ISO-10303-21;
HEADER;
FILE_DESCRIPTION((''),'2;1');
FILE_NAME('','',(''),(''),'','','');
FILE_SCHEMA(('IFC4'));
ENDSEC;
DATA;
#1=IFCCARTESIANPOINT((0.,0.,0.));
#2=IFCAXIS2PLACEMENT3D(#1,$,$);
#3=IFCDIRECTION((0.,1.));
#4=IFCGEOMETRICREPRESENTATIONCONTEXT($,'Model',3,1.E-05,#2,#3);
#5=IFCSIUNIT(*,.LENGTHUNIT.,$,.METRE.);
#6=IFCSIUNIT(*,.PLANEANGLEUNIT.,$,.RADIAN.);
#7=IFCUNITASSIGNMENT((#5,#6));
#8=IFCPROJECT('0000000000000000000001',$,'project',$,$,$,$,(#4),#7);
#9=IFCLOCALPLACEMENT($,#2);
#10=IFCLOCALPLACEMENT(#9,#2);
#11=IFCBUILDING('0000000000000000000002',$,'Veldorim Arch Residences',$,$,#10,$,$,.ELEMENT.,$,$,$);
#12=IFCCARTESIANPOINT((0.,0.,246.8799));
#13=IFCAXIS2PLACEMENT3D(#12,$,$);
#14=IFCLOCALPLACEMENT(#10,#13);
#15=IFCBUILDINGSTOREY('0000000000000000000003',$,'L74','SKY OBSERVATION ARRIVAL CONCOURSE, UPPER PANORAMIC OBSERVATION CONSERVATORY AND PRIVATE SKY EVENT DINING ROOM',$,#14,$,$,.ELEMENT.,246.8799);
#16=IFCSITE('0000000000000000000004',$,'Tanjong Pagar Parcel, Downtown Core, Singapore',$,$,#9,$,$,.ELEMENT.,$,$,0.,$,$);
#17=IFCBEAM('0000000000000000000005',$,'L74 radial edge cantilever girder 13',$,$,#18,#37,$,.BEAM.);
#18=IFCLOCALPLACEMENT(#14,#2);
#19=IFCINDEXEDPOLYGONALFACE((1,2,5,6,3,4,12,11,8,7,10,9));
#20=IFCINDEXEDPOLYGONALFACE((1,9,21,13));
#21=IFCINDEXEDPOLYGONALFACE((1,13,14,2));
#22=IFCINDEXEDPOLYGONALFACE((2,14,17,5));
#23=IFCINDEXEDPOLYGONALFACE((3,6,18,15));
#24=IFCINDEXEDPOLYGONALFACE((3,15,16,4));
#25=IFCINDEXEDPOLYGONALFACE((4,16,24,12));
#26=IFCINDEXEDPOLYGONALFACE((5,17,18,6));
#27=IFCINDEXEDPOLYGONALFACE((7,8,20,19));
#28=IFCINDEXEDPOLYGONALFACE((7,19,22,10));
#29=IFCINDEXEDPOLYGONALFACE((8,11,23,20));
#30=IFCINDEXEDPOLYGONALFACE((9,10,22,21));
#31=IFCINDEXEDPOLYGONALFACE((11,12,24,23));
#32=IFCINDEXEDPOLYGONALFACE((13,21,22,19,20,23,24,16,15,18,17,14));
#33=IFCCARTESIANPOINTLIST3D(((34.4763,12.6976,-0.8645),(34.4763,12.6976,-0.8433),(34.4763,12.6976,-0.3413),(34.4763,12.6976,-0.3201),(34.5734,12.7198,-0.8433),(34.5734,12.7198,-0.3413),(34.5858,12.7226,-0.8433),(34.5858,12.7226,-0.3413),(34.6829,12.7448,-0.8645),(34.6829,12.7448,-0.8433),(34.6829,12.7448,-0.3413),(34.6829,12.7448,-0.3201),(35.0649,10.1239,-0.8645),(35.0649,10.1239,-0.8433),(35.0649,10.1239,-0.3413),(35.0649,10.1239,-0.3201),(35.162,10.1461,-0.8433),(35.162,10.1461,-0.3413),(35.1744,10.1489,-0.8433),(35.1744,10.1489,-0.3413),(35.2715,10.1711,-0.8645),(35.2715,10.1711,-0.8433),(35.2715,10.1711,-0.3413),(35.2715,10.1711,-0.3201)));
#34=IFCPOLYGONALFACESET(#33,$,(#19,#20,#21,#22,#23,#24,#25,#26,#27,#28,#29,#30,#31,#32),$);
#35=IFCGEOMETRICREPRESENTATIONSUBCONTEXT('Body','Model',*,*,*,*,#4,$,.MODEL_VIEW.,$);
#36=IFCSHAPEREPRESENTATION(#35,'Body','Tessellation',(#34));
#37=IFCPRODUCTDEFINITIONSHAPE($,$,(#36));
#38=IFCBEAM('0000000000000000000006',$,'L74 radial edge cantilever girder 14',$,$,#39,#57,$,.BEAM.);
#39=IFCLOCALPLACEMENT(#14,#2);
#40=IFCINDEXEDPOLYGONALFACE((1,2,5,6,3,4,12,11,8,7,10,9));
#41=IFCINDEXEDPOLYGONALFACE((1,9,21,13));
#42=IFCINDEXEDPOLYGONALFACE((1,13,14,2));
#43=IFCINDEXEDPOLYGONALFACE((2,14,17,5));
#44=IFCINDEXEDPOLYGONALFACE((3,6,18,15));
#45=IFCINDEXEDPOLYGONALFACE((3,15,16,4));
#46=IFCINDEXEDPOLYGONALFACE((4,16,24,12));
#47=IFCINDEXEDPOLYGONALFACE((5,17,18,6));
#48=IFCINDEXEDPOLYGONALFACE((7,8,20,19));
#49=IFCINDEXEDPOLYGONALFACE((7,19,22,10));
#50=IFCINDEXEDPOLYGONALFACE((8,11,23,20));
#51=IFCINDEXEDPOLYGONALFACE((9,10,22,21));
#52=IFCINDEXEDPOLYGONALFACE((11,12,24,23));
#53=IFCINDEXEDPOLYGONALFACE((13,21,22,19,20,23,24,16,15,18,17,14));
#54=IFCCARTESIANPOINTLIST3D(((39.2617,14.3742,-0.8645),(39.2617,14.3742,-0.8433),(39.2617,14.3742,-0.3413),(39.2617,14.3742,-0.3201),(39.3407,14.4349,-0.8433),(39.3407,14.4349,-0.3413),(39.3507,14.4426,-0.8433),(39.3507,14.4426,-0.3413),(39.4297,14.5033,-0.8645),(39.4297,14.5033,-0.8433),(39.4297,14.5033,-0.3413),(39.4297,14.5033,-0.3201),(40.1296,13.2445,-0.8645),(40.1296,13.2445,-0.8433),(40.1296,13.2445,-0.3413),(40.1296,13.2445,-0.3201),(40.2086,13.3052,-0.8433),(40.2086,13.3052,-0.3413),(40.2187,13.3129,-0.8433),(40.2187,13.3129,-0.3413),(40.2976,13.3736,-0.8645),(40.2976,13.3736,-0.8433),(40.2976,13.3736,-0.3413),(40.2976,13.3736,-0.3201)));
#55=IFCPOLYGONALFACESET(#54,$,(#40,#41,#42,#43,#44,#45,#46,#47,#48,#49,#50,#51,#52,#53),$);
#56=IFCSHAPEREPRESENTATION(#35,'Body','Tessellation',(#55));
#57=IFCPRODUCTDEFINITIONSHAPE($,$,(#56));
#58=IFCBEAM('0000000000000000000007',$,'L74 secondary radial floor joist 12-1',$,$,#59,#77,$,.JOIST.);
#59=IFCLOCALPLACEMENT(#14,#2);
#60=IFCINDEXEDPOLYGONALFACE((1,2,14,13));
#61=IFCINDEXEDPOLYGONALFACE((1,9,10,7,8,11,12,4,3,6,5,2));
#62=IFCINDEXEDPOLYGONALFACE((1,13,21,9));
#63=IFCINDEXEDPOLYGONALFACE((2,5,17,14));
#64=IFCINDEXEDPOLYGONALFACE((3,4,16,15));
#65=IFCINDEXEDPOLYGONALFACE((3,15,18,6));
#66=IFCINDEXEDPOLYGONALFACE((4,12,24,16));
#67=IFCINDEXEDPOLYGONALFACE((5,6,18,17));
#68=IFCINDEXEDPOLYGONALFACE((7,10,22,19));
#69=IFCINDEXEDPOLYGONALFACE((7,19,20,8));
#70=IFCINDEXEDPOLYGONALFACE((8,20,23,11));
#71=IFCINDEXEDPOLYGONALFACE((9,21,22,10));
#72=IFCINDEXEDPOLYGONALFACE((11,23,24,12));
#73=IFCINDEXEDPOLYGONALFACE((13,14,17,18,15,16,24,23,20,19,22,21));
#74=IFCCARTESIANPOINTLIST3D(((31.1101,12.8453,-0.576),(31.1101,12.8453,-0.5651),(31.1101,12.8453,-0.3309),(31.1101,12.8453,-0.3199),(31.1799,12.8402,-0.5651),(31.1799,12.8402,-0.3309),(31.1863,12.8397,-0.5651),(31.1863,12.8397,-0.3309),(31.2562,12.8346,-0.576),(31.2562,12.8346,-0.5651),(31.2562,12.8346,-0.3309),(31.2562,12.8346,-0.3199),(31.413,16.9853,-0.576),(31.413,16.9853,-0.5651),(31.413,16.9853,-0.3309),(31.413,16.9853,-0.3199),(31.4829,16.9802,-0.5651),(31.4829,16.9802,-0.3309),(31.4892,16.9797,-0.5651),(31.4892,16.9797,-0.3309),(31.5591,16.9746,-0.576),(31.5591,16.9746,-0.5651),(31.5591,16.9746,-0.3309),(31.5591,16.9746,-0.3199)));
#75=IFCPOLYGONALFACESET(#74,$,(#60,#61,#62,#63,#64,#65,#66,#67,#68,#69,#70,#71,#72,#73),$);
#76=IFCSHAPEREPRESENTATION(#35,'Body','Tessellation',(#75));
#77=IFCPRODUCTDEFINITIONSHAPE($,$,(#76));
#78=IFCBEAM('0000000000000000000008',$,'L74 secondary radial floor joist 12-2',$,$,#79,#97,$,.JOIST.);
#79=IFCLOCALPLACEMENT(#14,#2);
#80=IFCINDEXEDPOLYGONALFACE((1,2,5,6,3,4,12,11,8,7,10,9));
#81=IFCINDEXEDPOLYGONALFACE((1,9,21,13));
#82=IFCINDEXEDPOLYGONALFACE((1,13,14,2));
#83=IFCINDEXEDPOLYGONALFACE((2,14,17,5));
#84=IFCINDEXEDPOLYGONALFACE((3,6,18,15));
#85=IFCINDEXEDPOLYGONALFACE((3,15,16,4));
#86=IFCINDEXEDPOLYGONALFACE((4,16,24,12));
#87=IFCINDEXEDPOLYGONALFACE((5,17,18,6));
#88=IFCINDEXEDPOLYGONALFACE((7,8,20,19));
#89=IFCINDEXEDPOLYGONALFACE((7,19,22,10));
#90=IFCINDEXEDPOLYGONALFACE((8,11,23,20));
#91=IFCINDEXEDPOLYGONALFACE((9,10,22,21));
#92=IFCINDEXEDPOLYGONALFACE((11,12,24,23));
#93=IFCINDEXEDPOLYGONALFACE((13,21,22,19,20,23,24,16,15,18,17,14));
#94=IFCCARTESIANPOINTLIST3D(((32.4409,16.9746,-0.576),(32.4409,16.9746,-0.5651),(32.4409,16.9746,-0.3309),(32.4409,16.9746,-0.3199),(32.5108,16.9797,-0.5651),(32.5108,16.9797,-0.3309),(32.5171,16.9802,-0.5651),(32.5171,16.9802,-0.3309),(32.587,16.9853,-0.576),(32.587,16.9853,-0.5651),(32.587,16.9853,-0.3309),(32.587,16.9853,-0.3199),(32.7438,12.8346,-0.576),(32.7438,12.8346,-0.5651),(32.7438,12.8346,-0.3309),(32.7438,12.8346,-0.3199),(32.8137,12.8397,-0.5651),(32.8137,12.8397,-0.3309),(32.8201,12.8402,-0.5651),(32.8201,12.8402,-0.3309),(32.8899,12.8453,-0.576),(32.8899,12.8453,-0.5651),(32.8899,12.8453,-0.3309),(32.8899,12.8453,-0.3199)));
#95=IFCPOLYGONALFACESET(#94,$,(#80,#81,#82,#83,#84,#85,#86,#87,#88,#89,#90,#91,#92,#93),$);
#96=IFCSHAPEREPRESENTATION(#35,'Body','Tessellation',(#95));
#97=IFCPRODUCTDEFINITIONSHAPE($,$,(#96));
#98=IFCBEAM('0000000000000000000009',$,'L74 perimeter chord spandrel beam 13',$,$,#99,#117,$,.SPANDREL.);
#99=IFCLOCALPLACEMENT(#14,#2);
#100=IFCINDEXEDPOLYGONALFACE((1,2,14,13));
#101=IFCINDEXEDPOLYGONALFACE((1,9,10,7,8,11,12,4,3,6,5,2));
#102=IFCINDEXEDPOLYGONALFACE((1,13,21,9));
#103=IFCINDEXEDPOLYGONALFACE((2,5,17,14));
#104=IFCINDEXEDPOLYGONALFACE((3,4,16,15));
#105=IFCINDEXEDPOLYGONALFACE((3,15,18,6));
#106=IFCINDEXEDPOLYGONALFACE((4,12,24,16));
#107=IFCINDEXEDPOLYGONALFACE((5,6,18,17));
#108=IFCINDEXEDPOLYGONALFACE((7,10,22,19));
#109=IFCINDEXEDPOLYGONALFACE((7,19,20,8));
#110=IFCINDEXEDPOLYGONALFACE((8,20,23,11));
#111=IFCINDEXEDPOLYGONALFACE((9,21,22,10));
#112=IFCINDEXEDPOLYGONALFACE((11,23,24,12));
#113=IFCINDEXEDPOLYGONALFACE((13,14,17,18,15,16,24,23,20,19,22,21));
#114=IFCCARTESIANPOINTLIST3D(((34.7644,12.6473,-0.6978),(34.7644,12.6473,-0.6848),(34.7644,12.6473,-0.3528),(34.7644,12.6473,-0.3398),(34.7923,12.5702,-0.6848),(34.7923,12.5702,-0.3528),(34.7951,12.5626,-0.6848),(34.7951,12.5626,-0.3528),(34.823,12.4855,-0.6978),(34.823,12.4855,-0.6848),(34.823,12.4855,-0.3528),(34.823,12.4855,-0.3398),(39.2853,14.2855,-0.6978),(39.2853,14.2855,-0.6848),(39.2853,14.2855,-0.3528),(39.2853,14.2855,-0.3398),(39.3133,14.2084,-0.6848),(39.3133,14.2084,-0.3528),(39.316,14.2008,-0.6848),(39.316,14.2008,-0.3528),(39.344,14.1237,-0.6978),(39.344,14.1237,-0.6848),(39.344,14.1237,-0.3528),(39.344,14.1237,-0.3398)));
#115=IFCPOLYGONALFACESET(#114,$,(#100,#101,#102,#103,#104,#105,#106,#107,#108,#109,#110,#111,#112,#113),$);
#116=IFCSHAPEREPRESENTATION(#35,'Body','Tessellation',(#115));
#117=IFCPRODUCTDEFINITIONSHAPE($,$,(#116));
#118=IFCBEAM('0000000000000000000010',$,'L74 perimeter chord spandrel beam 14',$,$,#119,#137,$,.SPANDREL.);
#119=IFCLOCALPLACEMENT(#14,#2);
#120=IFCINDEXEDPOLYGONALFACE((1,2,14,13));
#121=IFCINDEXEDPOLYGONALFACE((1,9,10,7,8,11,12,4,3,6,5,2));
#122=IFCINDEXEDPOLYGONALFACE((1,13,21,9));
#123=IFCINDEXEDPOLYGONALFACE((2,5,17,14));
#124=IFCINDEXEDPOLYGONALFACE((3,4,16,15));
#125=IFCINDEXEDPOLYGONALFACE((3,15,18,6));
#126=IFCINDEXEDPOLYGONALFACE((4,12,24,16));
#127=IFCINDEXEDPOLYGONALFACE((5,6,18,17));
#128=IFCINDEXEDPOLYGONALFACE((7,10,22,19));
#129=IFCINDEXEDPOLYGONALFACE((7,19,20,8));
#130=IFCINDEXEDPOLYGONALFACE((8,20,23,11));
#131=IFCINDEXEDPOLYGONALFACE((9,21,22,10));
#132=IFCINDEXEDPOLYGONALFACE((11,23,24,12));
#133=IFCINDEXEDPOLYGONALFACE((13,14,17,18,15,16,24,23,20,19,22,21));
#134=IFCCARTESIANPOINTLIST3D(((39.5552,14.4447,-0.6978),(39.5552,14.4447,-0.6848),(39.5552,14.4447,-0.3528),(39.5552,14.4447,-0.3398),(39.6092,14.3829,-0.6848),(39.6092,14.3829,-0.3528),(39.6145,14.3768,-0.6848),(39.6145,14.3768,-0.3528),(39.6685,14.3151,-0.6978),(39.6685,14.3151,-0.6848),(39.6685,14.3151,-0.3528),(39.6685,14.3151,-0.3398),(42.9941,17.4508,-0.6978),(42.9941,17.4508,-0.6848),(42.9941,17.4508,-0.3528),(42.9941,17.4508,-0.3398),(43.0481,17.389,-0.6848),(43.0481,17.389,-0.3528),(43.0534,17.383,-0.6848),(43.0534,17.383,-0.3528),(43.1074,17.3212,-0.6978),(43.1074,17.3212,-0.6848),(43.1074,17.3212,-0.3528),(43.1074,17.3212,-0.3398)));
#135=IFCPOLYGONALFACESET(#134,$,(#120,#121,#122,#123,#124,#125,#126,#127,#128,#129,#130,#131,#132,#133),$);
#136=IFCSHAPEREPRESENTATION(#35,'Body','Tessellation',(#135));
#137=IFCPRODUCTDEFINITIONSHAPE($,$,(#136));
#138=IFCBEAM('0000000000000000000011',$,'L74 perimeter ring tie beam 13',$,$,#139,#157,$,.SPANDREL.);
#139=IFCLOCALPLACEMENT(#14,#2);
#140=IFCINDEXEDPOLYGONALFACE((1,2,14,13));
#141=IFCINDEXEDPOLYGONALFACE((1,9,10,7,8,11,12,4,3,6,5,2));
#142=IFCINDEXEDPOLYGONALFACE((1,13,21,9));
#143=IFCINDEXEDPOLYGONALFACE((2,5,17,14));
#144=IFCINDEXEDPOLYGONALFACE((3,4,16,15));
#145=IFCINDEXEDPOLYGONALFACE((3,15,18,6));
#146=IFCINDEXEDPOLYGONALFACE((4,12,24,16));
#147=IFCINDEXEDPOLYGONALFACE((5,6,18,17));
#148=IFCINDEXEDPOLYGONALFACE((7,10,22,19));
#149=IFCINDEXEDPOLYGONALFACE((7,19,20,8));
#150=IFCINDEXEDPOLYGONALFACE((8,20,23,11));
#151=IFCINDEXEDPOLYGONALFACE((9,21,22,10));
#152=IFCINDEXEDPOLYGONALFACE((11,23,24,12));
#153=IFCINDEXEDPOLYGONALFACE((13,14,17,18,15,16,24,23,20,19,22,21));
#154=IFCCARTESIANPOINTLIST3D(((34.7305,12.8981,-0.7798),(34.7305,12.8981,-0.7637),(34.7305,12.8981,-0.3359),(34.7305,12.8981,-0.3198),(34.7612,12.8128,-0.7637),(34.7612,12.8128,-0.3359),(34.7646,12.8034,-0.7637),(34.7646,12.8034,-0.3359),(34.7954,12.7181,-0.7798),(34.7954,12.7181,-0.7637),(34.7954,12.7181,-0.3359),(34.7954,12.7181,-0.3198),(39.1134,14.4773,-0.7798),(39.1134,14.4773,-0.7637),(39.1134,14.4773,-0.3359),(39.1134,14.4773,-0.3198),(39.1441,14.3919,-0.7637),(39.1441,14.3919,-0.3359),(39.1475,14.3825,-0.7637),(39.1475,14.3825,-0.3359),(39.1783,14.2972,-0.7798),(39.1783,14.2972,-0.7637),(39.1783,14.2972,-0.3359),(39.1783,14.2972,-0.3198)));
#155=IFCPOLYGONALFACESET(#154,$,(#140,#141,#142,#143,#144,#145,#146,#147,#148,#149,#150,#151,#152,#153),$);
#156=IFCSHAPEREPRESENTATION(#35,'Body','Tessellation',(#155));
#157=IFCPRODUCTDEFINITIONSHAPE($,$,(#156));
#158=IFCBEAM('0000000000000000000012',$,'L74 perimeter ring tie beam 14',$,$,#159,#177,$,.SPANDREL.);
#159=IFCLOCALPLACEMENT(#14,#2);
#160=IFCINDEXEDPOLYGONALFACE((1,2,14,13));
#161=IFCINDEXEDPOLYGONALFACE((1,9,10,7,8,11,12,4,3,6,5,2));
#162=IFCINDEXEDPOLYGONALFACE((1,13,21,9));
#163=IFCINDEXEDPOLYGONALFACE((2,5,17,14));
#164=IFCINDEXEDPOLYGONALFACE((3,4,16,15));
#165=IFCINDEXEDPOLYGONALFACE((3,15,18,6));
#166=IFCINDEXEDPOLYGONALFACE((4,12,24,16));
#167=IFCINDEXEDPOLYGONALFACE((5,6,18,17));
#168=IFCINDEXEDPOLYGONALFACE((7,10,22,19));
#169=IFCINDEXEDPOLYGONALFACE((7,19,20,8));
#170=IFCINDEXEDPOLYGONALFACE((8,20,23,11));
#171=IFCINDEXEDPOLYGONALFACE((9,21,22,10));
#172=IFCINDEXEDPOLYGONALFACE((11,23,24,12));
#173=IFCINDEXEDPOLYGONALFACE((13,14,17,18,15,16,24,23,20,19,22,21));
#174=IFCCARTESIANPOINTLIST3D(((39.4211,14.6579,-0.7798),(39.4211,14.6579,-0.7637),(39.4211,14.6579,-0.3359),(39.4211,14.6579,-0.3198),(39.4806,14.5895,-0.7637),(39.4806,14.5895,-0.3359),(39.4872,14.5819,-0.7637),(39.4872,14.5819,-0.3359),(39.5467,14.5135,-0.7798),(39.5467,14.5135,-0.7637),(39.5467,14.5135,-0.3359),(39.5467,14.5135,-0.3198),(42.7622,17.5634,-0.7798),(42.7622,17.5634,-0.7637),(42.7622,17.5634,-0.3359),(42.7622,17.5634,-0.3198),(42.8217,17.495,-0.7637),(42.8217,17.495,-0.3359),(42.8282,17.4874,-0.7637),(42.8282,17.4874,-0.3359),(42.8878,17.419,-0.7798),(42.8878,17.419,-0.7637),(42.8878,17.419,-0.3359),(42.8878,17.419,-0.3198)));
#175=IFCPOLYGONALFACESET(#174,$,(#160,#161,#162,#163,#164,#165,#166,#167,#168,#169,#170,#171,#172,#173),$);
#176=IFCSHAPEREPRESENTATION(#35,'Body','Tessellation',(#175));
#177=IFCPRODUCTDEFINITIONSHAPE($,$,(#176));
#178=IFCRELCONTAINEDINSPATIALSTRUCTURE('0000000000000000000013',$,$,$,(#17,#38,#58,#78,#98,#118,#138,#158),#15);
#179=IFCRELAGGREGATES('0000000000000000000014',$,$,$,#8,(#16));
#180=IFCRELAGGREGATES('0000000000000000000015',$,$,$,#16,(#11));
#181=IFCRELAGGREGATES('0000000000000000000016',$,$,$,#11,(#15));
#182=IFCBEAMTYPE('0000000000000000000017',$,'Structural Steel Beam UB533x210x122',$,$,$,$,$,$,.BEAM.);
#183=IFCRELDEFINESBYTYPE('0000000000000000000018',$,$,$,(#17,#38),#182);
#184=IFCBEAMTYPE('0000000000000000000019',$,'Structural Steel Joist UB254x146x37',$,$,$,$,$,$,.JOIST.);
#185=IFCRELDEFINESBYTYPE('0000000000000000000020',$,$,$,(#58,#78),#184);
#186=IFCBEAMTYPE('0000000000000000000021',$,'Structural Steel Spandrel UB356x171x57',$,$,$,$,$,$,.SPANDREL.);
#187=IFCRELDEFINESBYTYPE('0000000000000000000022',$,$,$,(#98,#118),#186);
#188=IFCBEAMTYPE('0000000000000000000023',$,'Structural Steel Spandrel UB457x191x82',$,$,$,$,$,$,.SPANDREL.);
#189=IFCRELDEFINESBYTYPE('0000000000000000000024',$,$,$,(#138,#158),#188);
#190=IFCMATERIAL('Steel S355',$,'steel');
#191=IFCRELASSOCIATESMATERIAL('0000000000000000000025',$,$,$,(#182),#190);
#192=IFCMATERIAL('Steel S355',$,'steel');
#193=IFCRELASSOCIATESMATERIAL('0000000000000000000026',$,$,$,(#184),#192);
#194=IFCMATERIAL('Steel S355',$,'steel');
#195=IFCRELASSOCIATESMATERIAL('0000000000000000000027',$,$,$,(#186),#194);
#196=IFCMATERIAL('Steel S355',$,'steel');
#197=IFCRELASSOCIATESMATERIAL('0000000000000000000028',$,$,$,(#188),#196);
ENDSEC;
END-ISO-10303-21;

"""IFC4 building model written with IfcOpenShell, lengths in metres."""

from ifc_helpers import new_model, si_unit, direction, frame, origin, origin_2d, place, context, subcontext, project, spatial, i_section, extrude, material, material_profile, profile_set, type_object, element, save


model = new_model("IFC4")

# Units and contexts
model_context = context("Model", 3, precision=1e-05, world=origin(), true_north=direction((0.0, 1.0)))
body_context = subcontext(model_context, "Body", "Model", "MODEL_VIEW")
ifc_project = project(units=[si_unit("LENGTHUNIT", "METRE"), si_unit("PLANEANGLEUNIT", "RADIAN")], contexts=[model_context])

# Site, building, storey
site_placement = place(None, origin())
site = spatial("IfcSite", under=ifc_project, at=site_placement, Name="Tanjong Pagar Parcel, Downtown Core, Singapore", CompositionType="ELEMENT", RefElevation=0.0)
building_placement = place(site_placement, origin())
building = spatial("IfcBuilding", under=site, at=building_placement, Name="Veldorim Arch Residences", CompositionType="ELEMENT")
storey_placement = place(building_placement, frame((0.0, 0.0, 246.8799)))
storey = spatial("IfcBuildingStorey", under=building, at=storey_placement, Name="L74", Description="SKY OBSERVATION ARRIVAL CONCOURSE, UPPER PANORAMIC OBSERVATION CONSERVATORY AND PRIVATE SKY EVENT DINING ROOM", CompositionType="ELEMENT", Elevation=246.8799)

# Beams
ifc_material_1 = material(Name="Steel S355", Category="steel")
ifc_material_profile_1 = material_profile(ifc_material_1, i_section(OverallWidth=0.2119, OverallDepth=0.5444, WebThickness=0.0127, FlangeThickness=0.0212, at=origin_2d()), Name="UB533x210x122")
ifc_profile_set_1 = profile_set([ifc_material_profile_1], Name="Steel S355")
beam_type_1 = type_object("IfcBeamType", Name="Structural Steel Beam UB533x210x122", PredefinedType="BEAM", material=ifc_profile_set_1)
beam_1_placement = place(storey_placement, frame((34.5796, 12.7212, -0.5923), z_axis=(0.222948, -0.97483, 0.0), x_axis=(0.97483, 0.222948, 0.0)))
element("IfcBeam", 1, at=beam_1_placement, inside=storey, type_object=beam_type_1, Name="L74 radial edge cantilever girder 13", PredefinedType="BEAM", context=body_context, shape_type="SweptSolid", body=[
    extrude(i_section(OverallWidth=0.2119, OverallDepth=0.5444, WebThickness=0.0127, FlangeThickness=0.0212, at=origin_2d()), origin(), (0.0, 0.0, 1.0), 2.6401),
])
beam_2_placement = place(storey_placement, frame((39.3457, 14.4387, -0.5923), z_axis=(0.609255, -0.792974, 0.0), x_axis=(0.792974, 0.609255, 0.0)))
element("IfcBeam", 2, at=beam_2_placement, inside=storey, type_object=beam_type_1, Name="L74 radial edge cantilever girder 14", PredefinedType="BEAM", context=body_context, shape_type="SweptSolid", body=[
    extrude(i_section(OverallWidth=0.2119, OverallDepth=0.5444, WebThickness=0.0127, FlangeThickness=0.0212, at=origin_2d()), origin(), (0.0, 0.0, 1.0), 1.4246),
])
ifc_material_2 = material(Name="Steel S355", Category="steel")
ifc_material_profile_2 = material_profile(ifc_material_2, i_section(OverallWidth=0.1465, OverallDepth=0.2561, WebThickness=0.0063, FlangeThickness=0.011, at=origin_2d()), Name="UB254x146x37")
ifc_profile_set_2 = profile_set([ifc_material_profile_2], Name="Steel S355")
beam_type_2 = type_object("IfcBeamType", Name="Structural Steel Joist UB254x146x37", PredefinedType="JOIST", material=ifc_profile_set_2)
for number, where, z_axis, x_axis, name in (
    (3, (31.4861, 16.98, -0.448), (-0.072986, -0.997333, 0.0), (0.997333, -0.072986, 0.0), "L74 secondary radial floor joist 12-1"),
    (4, (32.5139, 16.98, -0.448), (0.072986, -0.997333, 0.0), (0.997333, 0.072986, 0.0), "L74 secondary radial floor joist 12-2"),
):
    element("IfcBeam", number, at=place(storey_placement, frame(where, z_axis=z_axis, x_axis=x_axis)), inside=storey, type_object=beam_type_2, Name=name, PredefinedType="JOIST", context=body_context, shape_type="SweptSolid", body=[
        extrude(i_section(OverallWidth=0.1465, OverallDepth=0.2561, WebThickness=0.0063, FlangeThickness=0.011, at=origin_2d()), origin(), (0.0, 0.0, 1.0), 4.1511),
    ])
ifc_material_3 = material(Name="Steel S355", Category="steel")
ifc_material_profile_3 = material_profile(ifc_material_3, i_section(OverallWidth=0.1721, OverallDepth=0.3579, WebThickness=0.0081, FlangeThickness=0.0129, at=origin_2d()), Name="UB356x171x57")
ifc_profile_set_3 = profile_set([ifc_material_profile_3], Name="Steel S355")
beam_type_3 = type_object("IfcBeamType", Name="Structural Steel Spandrel UB356x171x57", PredefinedType="SPANDREL", material=ifc_profile_set_3)
beam_3_placement = place(storey_placement, frame((34.7937, 12.5664, -0.5188), z_axis=(0.940181, 0.340675, 0.0), x_axis=(-0.340675, 0.940181, 0.0)))
element("IfcBeam", 5, at=beam_3_placement, inside=storey, type_object=beam_type_3, Name="L74 perimeter chord spandrel beam 13", PredefinedType="SPANDREL", context=body_context, shape_type="SweptSolid", body=[
    extrude(i_section(OverallWidth=0.1721, OverallDepth=0.3579, WebThickness=0.0081, FlangeThickness=0.0129, at=origin_2d()), origin(), (0.0, 0.0, 1.0), 4.8086),
])
beam_4_placement = place(storey_placement, frame((39.6118, 14.3799, -0.5188), z_axis=(0.752901, 0.658134, 0.0), x_axis=(-0.658134, 0.752901, 0.0)))
element("IfcBeam", 6, at=beam_4_placement, inside=storey, type_object=beam_type_3, Name="L74 perimeter chord spandrel beam 14", PredefinedType="SPANDREL", context=body_context, shape_type="SweptSolid", body=[
    extrude(i_section(OverallWidth=0.1721, OverallDepth=0.3579, WebThickness=0.0081, FlangeThickness=0.0129, at=origin_2d()), origin(), (0.0, 0.0, 1.0), 4.5676),
])
ifc_material_4 = material(Name="Steel S355", Category="steel")
ifc_material_profile_4 = material_profile(ifc_material_4, i_section(OverallWidth=0.1914, OverallDepth=0.46, WebThickness=0.01, FlangeThickness=0.0161, at=origin_2d()), Name="UB457x191x82")
ifc_profile_set_4 = profile_set([ifc_material_profile_4], Name="Steel S355")
beam_type_4 = type_object("IfcBeamType", Name="Structural Steel Spandrel UB457x191x82", PredefinedType="SPANDREL", material=ifc_profile_set_4)
beam_5_placement = place(storey_placement, frame((34.7629, 12.8081, -0.5498), z_axis=(0.940799, 0.338964, 0.0), x_axis=(-0.338964, 0.940799, 0.0)))
element("IfcBeam", 7, at=beam_5_placement, inside=storey, type_object=beam_type_4, Name="L74 perimeter ring tie beam 13", PredefinedType="SPANDREL", context=body_context, shape_type="SweptSolid", body=[
    extrude(i_section(OverallWidth=0.1914, OverallDepth=0.46, WebThickness=0.01, FlangeThickness=0.0161, at=origin_2d()), origin(), (0.0, 0.0, 1.0), 4.6587),
])
beam_6_placement = place(storey_placement, frame((39.4839, 14.5857, -0.5498), z_axis=(0.754578, 0.65621, 0.0), x_axis=(-0.65621, 0.754578, 0.0)))
element("IfcBeam", 8, at=beam_6_placement, inside=storey, type_object=beam_type_4, Name="L74 perimeter ring tie beam 14", PredefinedType="SPANDREL", context=body_context, shape_type="SweptSolid", body=[
    extrude(i_section(OverallWidth=0.1914, OverallDepth=0.46, WebThickness=0.01, FlangeThickness=0.0161, at=origin_2d()), origin(), (0.0, 0.0, 1.0), 4.4277),
])

save(model, "model.ifc")
